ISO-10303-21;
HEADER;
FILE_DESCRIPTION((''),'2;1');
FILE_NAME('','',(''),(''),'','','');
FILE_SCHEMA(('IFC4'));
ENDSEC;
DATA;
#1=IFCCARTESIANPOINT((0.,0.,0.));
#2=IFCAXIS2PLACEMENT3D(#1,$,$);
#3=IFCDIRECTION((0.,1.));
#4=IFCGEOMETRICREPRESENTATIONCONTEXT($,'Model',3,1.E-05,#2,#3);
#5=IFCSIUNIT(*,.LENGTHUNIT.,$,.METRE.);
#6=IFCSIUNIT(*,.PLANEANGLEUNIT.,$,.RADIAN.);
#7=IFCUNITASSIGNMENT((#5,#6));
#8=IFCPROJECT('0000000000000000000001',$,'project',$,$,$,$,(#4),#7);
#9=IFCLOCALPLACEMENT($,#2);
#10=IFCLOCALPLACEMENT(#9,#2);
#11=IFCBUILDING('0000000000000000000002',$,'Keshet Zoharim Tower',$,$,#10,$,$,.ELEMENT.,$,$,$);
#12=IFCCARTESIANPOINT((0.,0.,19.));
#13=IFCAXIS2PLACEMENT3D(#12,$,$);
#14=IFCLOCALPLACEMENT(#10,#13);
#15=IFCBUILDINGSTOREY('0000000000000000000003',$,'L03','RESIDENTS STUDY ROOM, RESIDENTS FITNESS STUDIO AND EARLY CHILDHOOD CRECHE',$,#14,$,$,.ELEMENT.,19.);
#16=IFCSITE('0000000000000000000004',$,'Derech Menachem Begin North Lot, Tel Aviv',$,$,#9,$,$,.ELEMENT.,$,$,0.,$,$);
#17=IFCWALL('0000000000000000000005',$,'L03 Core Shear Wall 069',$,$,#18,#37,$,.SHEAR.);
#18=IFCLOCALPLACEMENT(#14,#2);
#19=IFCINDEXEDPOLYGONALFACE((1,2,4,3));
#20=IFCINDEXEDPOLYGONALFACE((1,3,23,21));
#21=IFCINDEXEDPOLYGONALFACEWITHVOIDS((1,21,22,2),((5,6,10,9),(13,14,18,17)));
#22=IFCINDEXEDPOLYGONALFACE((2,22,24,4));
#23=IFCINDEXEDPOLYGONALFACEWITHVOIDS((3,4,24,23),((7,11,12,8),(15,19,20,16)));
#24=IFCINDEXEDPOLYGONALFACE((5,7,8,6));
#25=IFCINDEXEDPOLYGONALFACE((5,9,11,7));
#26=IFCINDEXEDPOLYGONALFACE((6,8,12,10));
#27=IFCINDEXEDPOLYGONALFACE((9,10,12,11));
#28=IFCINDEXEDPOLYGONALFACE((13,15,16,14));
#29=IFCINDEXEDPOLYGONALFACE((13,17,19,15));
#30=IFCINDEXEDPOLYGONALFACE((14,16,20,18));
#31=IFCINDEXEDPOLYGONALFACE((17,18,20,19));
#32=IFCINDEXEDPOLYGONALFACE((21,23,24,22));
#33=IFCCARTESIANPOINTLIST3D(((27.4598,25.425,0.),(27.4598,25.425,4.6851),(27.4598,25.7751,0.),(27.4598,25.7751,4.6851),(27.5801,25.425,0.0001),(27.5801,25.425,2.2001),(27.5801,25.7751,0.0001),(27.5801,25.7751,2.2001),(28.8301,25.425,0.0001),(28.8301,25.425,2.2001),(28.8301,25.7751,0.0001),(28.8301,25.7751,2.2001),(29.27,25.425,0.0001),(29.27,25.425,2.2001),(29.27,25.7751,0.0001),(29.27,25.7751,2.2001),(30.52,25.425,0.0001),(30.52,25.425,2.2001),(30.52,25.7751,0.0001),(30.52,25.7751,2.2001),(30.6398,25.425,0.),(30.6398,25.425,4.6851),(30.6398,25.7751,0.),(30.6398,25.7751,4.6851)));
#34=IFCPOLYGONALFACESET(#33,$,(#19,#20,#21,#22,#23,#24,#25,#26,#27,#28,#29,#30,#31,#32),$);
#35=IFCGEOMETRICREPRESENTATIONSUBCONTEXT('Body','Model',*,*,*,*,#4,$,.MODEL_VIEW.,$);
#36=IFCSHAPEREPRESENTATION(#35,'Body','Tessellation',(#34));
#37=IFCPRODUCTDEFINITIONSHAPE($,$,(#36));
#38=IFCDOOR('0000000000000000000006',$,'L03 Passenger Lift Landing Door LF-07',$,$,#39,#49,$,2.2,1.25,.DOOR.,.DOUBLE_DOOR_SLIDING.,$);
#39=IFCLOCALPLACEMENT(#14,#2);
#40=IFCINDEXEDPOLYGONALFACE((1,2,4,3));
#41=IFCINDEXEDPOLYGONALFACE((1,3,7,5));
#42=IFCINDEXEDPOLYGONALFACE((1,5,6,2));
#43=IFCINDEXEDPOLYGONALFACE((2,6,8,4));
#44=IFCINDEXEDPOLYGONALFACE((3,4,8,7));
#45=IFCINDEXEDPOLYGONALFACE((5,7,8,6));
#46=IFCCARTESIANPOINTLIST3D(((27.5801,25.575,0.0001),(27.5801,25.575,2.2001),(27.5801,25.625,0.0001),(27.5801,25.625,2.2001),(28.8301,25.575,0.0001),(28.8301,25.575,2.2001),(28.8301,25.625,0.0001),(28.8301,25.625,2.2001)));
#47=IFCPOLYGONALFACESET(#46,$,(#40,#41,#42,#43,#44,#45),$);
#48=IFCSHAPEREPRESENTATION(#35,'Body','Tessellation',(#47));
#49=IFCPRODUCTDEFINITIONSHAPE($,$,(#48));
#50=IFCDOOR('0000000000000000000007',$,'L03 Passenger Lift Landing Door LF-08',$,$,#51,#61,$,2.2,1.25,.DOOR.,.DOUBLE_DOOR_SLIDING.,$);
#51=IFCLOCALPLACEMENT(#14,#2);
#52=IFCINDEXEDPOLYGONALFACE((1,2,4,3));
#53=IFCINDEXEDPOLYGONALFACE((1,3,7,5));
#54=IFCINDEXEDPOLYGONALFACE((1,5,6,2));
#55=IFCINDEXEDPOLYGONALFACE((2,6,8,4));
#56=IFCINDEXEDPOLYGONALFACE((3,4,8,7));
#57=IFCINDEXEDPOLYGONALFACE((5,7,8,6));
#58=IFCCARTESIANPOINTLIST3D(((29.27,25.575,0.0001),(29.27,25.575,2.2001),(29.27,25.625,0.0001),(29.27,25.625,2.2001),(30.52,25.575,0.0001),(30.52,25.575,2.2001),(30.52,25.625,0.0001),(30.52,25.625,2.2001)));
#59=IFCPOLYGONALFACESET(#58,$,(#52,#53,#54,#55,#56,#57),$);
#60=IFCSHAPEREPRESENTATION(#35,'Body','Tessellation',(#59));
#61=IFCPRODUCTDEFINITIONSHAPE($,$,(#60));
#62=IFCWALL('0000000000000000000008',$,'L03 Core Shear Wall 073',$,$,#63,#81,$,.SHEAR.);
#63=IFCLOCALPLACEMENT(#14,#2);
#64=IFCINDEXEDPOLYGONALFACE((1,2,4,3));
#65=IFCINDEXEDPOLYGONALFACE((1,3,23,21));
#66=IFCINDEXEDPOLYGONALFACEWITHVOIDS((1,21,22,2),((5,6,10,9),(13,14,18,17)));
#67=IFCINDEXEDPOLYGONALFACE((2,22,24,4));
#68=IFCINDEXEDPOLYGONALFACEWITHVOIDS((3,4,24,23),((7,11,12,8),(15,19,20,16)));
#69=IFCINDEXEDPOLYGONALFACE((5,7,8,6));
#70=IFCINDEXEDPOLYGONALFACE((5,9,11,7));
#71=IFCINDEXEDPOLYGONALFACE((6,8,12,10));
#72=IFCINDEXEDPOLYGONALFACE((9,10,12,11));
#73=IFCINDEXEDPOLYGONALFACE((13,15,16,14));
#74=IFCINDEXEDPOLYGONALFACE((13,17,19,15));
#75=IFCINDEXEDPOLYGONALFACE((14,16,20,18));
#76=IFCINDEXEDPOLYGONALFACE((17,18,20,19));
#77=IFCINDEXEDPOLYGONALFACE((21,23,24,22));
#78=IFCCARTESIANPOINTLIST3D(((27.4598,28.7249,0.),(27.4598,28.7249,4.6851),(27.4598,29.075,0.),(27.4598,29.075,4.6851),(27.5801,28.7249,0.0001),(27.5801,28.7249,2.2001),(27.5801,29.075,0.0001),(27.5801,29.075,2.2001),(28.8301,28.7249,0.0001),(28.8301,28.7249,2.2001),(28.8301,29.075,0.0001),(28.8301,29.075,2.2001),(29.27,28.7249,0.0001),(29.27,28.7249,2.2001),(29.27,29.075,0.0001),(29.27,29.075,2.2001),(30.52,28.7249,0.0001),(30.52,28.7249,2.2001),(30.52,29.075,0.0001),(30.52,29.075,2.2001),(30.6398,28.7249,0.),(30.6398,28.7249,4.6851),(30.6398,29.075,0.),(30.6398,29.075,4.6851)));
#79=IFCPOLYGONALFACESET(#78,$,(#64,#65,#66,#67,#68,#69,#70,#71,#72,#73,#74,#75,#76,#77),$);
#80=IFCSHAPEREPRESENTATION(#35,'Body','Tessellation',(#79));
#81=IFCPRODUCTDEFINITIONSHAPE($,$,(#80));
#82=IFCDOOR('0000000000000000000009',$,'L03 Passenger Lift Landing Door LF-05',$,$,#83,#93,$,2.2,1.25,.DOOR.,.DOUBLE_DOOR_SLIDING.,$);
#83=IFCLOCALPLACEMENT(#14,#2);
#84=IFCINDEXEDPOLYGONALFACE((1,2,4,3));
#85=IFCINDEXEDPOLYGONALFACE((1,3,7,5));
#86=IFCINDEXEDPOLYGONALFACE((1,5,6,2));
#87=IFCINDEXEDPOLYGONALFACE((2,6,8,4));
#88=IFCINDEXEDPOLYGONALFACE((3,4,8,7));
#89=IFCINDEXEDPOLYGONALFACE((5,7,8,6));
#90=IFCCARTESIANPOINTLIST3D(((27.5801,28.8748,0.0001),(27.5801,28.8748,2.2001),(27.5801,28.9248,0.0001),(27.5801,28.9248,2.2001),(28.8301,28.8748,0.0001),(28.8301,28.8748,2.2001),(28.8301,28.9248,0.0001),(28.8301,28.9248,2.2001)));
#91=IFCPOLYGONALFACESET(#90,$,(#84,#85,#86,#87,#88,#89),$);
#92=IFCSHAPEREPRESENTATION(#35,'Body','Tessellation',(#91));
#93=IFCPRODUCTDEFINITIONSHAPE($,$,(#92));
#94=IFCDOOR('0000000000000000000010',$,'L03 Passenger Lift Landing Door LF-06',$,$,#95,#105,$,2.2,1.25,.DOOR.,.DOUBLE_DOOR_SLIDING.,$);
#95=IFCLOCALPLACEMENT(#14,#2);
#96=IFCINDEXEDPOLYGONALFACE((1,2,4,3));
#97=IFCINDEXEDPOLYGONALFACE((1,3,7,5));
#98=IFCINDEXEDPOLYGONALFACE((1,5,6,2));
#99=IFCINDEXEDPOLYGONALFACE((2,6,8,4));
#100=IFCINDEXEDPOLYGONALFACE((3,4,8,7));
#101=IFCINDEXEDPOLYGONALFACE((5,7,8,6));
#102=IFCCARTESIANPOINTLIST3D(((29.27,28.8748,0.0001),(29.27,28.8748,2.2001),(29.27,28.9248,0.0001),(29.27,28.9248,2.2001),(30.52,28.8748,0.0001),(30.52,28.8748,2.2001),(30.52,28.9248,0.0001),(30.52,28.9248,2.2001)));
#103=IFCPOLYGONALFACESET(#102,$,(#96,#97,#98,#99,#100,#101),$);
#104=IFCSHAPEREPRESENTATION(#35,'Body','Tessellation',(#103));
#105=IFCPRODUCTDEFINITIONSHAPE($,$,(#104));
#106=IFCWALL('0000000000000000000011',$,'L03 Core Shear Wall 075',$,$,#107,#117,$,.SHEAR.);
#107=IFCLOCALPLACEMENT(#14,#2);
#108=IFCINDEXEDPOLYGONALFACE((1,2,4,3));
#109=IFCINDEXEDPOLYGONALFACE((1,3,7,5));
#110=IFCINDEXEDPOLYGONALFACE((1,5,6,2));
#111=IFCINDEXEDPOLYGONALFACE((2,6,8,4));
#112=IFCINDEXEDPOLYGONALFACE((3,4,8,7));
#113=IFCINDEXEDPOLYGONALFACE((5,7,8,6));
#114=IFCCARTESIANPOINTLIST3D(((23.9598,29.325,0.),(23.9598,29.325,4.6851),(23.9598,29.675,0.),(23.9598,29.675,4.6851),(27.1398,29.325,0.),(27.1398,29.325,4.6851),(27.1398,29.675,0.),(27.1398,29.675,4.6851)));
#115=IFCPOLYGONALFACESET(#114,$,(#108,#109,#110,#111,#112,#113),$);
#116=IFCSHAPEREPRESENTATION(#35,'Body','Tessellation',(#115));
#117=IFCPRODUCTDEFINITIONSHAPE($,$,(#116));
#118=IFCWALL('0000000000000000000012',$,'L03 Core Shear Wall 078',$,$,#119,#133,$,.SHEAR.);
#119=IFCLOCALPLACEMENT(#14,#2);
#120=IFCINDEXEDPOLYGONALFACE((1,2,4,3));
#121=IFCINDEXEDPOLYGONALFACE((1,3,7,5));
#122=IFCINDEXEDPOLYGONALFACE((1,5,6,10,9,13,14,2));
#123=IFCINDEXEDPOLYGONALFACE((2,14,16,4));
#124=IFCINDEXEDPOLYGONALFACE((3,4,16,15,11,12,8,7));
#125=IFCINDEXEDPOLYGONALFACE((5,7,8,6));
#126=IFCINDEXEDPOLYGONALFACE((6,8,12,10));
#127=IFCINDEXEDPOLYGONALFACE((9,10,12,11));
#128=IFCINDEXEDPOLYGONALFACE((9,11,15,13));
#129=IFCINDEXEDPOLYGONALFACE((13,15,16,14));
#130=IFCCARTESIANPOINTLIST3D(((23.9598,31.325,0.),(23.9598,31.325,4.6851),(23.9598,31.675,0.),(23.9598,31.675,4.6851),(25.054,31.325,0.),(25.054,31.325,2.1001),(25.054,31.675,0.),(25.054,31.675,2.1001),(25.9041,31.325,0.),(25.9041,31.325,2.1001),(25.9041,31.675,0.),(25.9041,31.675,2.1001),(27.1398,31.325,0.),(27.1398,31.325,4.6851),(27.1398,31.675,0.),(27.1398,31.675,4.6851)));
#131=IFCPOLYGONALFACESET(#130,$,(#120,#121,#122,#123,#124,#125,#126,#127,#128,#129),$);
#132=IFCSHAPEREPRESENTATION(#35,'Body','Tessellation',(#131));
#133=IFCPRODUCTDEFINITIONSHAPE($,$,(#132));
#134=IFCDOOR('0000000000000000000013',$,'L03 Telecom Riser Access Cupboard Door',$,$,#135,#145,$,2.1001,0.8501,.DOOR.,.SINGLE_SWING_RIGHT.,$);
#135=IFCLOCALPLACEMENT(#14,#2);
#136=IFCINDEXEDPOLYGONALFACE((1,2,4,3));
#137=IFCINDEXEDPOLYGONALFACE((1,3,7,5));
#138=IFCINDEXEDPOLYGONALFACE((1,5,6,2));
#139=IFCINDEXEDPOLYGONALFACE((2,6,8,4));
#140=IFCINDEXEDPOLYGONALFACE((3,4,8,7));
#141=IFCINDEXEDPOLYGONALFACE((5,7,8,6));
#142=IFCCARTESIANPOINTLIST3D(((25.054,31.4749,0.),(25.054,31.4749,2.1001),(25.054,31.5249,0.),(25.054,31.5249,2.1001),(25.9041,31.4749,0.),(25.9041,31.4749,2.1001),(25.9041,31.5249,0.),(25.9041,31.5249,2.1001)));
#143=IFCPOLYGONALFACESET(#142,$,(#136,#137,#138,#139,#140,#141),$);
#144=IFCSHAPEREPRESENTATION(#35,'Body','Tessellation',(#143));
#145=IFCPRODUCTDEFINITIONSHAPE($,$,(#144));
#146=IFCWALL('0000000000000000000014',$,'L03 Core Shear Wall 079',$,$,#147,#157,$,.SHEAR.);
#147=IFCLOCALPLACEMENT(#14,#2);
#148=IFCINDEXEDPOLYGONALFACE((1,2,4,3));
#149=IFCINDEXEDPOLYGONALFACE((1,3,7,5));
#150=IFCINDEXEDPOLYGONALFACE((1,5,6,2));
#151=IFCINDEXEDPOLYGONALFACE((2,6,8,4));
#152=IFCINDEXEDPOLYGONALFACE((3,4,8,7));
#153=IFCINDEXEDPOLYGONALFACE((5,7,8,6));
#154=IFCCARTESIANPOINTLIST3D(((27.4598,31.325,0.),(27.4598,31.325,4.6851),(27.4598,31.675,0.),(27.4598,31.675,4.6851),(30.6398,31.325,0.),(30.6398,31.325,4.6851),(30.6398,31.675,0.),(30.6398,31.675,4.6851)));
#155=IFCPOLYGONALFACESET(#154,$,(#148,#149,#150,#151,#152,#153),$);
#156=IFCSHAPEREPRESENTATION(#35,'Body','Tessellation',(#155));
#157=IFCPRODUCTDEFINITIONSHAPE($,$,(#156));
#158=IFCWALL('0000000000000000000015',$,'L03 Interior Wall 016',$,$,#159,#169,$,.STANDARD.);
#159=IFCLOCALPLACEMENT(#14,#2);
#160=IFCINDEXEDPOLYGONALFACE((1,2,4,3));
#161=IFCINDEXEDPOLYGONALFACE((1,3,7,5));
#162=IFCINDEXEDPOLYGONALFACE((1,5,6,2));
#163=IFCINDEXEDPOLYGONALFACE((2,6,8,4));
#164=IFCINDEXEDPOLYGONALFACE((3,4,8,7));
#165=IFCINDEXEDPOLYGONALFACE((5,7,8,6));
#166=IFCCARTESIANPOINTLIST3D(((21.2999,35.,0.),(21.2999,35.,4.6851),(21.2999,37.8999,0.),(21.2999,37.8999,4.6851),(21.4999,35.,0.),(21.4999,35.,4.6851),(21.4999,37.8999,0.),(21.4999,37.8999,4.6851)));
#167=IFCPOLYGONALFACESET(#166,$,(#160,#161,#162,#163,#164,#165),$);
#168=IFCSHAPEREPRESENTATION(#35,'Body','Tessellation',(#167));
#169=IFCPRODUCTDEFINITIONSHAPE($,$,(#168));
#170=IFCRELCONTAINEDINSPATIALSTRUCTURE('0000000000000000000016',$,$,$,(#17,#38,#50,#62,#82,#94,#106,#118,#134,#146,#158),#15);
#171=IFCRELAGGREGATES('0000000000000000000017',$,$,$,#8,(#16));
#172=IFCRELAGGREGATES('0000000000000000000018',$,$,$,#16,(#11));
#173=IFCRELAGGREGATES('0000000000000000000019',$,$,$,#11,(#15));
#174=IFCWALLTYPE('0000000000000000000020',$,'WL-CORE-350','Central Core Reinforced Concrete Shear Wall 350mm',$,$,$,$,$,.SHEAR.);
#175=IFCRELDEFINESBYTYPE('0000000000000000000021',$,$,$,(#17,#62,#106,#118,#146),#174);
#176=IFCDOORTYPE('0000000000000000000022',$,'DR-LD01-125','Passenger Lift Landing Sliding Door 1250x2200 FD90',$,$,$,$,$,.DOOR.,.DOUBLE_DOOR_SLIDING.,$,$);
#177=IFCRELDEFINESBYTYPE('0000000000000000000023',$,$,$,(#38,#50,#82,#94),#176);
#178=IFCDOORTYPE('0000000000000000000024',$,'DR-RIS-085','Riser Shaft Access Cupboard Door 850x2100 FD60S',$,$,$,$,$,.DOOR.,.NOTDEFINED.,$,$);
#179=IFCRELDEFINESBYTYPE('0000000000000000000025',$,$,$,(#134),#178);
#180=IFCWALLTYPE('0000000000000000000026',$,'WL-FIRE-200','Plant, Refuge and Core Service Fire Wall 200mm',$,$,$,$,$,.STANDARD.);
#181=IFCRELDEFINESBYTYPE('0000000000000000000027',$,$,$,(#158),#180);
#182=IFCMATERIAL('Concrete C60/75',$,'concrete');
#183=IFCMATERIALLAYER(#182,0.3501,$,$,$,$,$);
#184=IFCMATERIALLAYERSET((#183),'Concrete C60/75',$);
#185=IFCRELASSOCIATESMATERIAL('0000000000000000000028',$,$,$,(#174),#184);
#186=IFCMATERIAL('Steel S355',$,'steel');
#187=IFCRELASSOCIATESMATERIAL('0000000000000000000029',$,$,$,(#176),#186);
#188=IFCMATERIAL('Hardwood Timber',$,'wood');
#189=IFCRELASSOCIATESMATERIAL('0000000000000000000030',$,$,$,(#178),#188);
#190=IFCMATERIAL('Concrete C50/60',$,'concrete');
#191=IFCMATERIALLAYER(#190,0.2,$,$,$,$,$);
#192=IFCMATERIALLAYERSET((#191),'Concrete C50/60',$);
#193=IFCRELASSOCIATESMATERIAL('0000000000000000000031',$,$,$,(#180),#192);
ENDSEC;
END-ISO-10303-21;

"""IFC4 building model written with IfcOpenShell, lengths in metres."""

from ifc_helpers import new_model, si_unit, direction, frame, frame_2d, origin, place, context, subcontext, project, spatial, rectangle, extrude, material, layer, layer_set, type_object, element, fill, save


model = new_model("IFC4")

# Units and contexts
model_context = context("Model", 3, precision=1e-05, world=origin(), true_north=direction((0.0, 1.0)))
body_context = subcontext(model_context, "Body", "Model", "MODEL_VIEW")
ifc_project = project(units=[si_unit("LENGTHUNIT", "METRE"), si_unit("PLANEANGLEUNIT", "RADIAN")], contexts=[model_context])

# Site, building, storey
site_placement = place(None, origin())
site = spatial("IfcSite", under=ifc_project, at=site_placement, Name="Derech Menachem Begin North Lot, Tel Aviv", CompositionType="ELEMENT", RefElevation=0.0)
building_placement = place(site_placement, origin())
building = spatial("IfcBuilding", under=site, at=building_placement, Name="Keshet Zoharim Tower", CompositionType="ELEMENT")
storey_placement = place(building_placement, frame((0.0, 0.0, 19.0)))
storey = spatial("IfcBuildingStorey", under=building, at=storey_placement, Name="L03", Description="RESIDENTS STUDY ROOM, RESIDENTS FITNESS STUDIO AND EARLY CHILDHOOD CRECHE", CompositionType="ELEMENT", Elevation=19.0)

# Shared definitions
ifc_material_1 = material(Name="Steel S355", Category="steel")

# Shared definitions
ifc_material_2 = material(Name="Concrete C60/75", Category="concrete")
ifc_layer_1 = layer(ifc_material_2, 0.3501)
ifc_layer_set_1 = layer_set([ifc_layer_1], Name="Concrete C60/75")
wall_type_1 = type_object("IfcWallType", Name="WL-CORE-350", Description="Central Core Reinforced Concrete Shear Wall 350mm", PredefinedType="SHEAR", material=ifc_layer_set_1)

# Shared definitions
ifc_material_3 = material(Name="Hardwood Timber", Category="wood")

# Walls, openings, doors
wall_1_placement = place(storey_placement, frame((27.46, 25.6001, 0.0), z_axis=(0.0, 0.0, 1.0), x_axis=(1.0, 0.0, 0.0)))
wall_1 = element("IfcWall", 1, at=wall_1_placement, inside=storey, type_object=wall_type_1, Name="L03 Core Shear Wall 069", PredefinedType="SHEAR", context=body_context, shape_type="SweptSolid", body=[
    extrude(rectangle(XDim=3.1799, YDim=0.3501, at=frame_2d((1.5898, 0.0))), origin(), (0.0, 0.0, 1.0), 4.6851),
])
opening_1_placement = place(wall_1_placement, frame((0.1201, 0.0, 0.0)))
opening_1 = element("IfcOpeningElement", 2, at=opening_1_placement, cuts=wall_1, PredefinedType="OPENING", context=body_context, shape_type="SweptSolid", body=[
    extrude(rectangle(XDim=1.25, YDim=2.2, at=frame_2d((0.625, 1.1001))), frame((0.0, 0.1851, 0.0), z_axis=(0.0, -1.0, 0.0), x_axis=(1.0, 0.0, 0.0)), (0.0, 0.0, 1.0), 0.3701),
])
opening_2_placement = place(wall_1_placement, frame((1.8101, 0.0, 0.0)))
opening_2 = element("IfcOpeningElement", 3, at=opening_2_placement, cuts=wall_1, PredefinedType="OPENING", context=body_context, shape_type="SweptSolid", body=[
    extrude(rectangle(XDim=1.25, YDim=2.2, at=frame_2d((0.625, 1.1001))), frame((0.0, 0.1851, 0.0), z_axis=(0.0, -1.0, 0.0), x_axis=(1.0, 0.0, 0.0)), (0.0, 0.0, 1.0), 0.3701),
])
door_type_1 = type_object("IfcDoorType", Name="DR-LD01-125", Description="Passenger Lift Landing Sliding Door 1250x2200 FD90", OperationType="DOUBLE_DOOR_SLIDING", PredefinedType="DOOR", material=ifc_material_1)
door_1_placement = place(opening_1_placement, origin())
door_1 = element("IfcDoor", 4, at=door_1_placement, inside=storey, type_object=door_type_1, Name="L03 Passenger Lift Landing Door LF-07", OperationType="DOUBLE_DOOR_SLIDING", OverallHeight=2.2, OverallWidth=1.25, PredefinedType="DOOR", context=body_context, shape_type="SweptSolid", body=[
    extrude(rectangle(XDim=1.25, YDim=2.2, at=frame_2d((0.625, 1.1001))), frame((0.0, 0.0249, 0.0), z_axis=(0.0, -1.0, 0.0), x_axis=(1.0, 0.0, 0.0)), (0.0, 0.0, 1.0), 0.05),
])
fill(opening_1, door_1)
door_2_placement = place(opening_2_placement, origin())
door_2 = element("IfcDoor", 5, at=door_2_placement, inside=storey, type_object=door_type_1, Name="L03 Passenger Lift Landing Door LF-08", OperationType="DOUBLE_DOOR_SLIDING", OverallHeight=2.2, OverallWidth=1.25, PredefinedType="DOOR", context=body_context, shape_type="SweptSolid", body=[
    extrude(rectangle(XDim=1.25, YDim=2.2, at=frame_2d((0.625, 1.1001))), frame((0.0, 0.0249, 0.0), z_axis=(0.0, -1.0, 0.0), x_axis=(1.0, 0.0, 0.0)), (0.0, 0.0, 1.0), 0.05),
])
fill(opening_2, door_2)
wall_2_placement = place(storey_placement, frame((27.46, 28.8999, 0.0), z_axis=(0.0, 0.0, 1.0), x_axis=(1.0, 0.0, 0.0)))
wall_2 = element("IfcWall", 6, at=wall_2_placement, inside=storey, type_object=wall_type_1, Name="L03 Core Shear Wall 073", PredefinedType="SHEAR", context=body_context, shape_type="SweptSolid", body=[
    extrude(rectangle(XDim=3.1799, YDim=0.3501, at=frame_2d((1.5898, 0.0))), origin(), (0.0, 0.0, 1.0), 4.6851),
])
opening_3_placement = place(wall_2_placement, frame((0.1201, 0.0, 0.0)))
opening_3 = element("IfcOpeningElement", 7, at=opening_3_placement, cuts=wall_2, PredefinedType="OPENING", context=body_context, shape_type="SweptSolid", body=[
    extrude(rectangle(XDim=1.25, YDim=2.2, at=frame_2d((0.625, 1.1001))), frame((0.0, 0.1851, 0.0), z_axis=(0.0, -1.0, 0.0), x_axis=(1.0, 0.0, 0.0)), (0.0, 0.0, 1.0), 0.3701),
])
opening_4_placement = place(wall_2_placement, frame((1.8101, 0.0, 0.0)))
opening_4 = element("IfcOpeningElement", 8, at=opening_4_placement, cuts=wall_2, PredefinedType="OPENING", context=body_context, shape_type="SweptSolid", body=[
    extrude(rectangle(XDim=1.25, YDim=2.2, at=frame_2d((0.625, 1.1001))), frame((0.0, 0.1851, 0.0), z_axis=(0.0, -1.0, 0.0), x_axis=(1.0, 0.0, 0.0)), (0.0, 0.0, 1.0), 0.3701),
])
door_3_placement = place(opening_3_placement, origin())
door_3 = element("IfcDoor", 9, at=door_3_placement, inside=storey, type_object=door_type_1, Name="L03 Passenger Lift Landing Door LF-05", OperationType="DOUBLE_DOOR_SLIDING", OverallHeight=2.2, OverallWidth=1.25, PredefinedType="DOOR", context=body_context, shape_type="SweptSolid", body=[
    extrude(rectangle(XDim=1.25, YDim=2.2, at=frame_2d((0.625, 1.1001))), frame((0.0, 0.0249, 0.0), z_axis=(0.0, -1.0, 0.0), x_axis=(1.0, 0.0, 0.0)), (0.0, 0.0, 1.0), 0.05),
])
fill(opening_3, door_3)
door_4_placement = place(opening_4_placement, origin())
door_4 = element("IfcDoor", 10, at=door_4_placement, inside=storey, type_object=door_type_1, Name="L03 Passenger Lift Landing Door LF-06", OperationType="DOUBLE_DOOR_SLIDING", OverallHeight=2.2, OverallWidth=1.25, PredefinedType="DOOR", context=body_context, shape_type="SweptSolid", body=[
    extrude(rectangle(XDim=1.25, YDim=2.2, at=frame_2d((0.625, 1.1001))), frame((0.0, 0.0249, 0.0), z_axis=(0.0, -1.0, 0.0), x_axis=(1.0, 0.0, 0.0)), (0.0, 0.0, 1.0), 0.05),
])
fill(opening_4, door_4)

# Wall
wall_3_placement = place(storey_placement, frame((23.96, 29.5, 0.0), z_axis=(0.0, 0.0, 1.0), x_axis=(1.0, 0.0, 0.0)))
element("IfcWall", 11, at=wall_3_placement, inside=storey, type_object=wall_type_1, Name="L03 Core Shear Wall 075", PredefinedType="SHEAR", context=body_context, shape_type="SweptSolid", body=[
    extrude(rectangle(XDim=3.1799, YDim=0.3501, at=frame_2d((1.5898, 0.0))), origin(), (0.0, 0.0, 1.0), 4.6851),
])

# Wall, opening, door
wall_4_placement = place(storey_placement, frame((23.96, 31.5, 0.0), z_axis=(0.0, 0.0, 1.0), x_axis=(1.0, 0.0, 0.0)))
wall_4 = element("IfcWall", 12, at=wall_4_placement, inside=storey, type_object=wall_type_1, Name="L03 Core Shear Wall 078", PredefinedType="SHEAR", context=body_context, shape_type="SweptSolid", body=[
    extrude(rectangle(XDim=3.1799, YDim=0.3501, at=frame_2d((1.5898, 0.0))), origin(), (0.0, 0.0, 1.0), 4.6851),
])
opening_5_placement = place(wall_4_placement, frame((1.094, 0.0, 0.0)))
opening_5 = element("IfcOpeningElement", 13, at=opening_5_placement, cuts=wall_4, PredefinedType="OPENING", context=body_context, shape_type="SweptSolid", body=[
    extrude(rectangle(XDim=0.8501, YDim=2.1001, at=frame_2d((0.425, 1.05))), frame((0.0, 0.1851, 0.0), z_axis=(0.0, -1.0, 0.0), x_axis=(1.0, 0.0, 0.0)), (0.0, 0.0, 1.0), 0.3701),
])
door_type_2 = type_object("IfcDoorType", Name="DR-RIS-085", Description="Riser Shaft Access Cupboard Door 850x2100 FD60S", OperationType="NOTDEFINED", PredefinedType="DOOR", material=ifc_material_3)
door_5_placement = place(opening_5_placement, origin())
door_5 = element("IfcDoor", 14, at=door_5_placement, inside=storey, type_object=door_type_2, Name="L03 Telecom Riser Access Cupboard Door", OperationType="SINGLE_SWING_RIGHT", OverallHeight=2.1001, OverallWidth=0.8501, PredefinedType="DOOR", context=body_context, shape_type="SweptSolid", body=[
    extrude(rectangle(XDim=0.8501, YDim=2.1001, at=frame_2d((0.425, 1.05))), frame((0.0, 0.0249, 0.0), z_axis=(0.0, -1.0, 0.0), x_axis=(1.0, 0.0, 0.0)), (0.0, 0.0, 1.0), 0.05),
])
fill(opening_5, door_5)

# Walls
wall_5_placement = place(storey_placement, frame((27.46, 31.5, 0.0), z_axis=(0.0, 0.0, 1.0), x_axis=(1.0, 0.0, 0.0)))
element("IfcWall", 15, at=wall_5_placement, inside=storey, type_object=wall_type_1, Name="L03 Core Shear Wall 079", PredefinedType="SHEAR", context=body_context, shape_type="SweptSolid", body=[
    extrude(rectangle(XDim=3.1799, YDim=0.3501, at=frame_2d((1.5898, 0.0))), origin(), (0.0, 0.0, 1.0), 4.6851),
])
ifc_material_4 = material(Name="Concrete C50/60", Category="concrete")
ifc_layer_2 = layer(ifc_material_4, 0.2)
ifc_layer_set_2 = layer_set([ifc_layer_2], Name="Concrete C50/60")
wall_type_2 = type_object("IfcWallType", Name="WL-FIRE-200", Description="Plant, Refuge and Core Service Fire Wall 200mm", PredefinedType="STANDARD", material=ifc_layer_set_2)
for number, where, z_axis, x_axis, name in (
    (16, (21.3999, 35.0, 0.0), (0.0, 0.0, 1.0), (0.0, 1.0, 0.0), "L03 Interior Wall 016"),
):
    element("IfcWall", number, at=place(storey_placement, frame(where, z_axis=z_axis, x_axis=x_axis)), inside=storey, type_object=wall_type_2, Name=name, PredefinedType="STANDARD", context=body_context, shape_type="SweptSolid", body=[
        extrude(rectangle(XDim=2.8999, YDim=0.2, at=frame_2d((1.45, 0.0))), origin(), (0.0, 0.0, 1.0), 4.6851),
    ])

save(model, "model.ifc")
